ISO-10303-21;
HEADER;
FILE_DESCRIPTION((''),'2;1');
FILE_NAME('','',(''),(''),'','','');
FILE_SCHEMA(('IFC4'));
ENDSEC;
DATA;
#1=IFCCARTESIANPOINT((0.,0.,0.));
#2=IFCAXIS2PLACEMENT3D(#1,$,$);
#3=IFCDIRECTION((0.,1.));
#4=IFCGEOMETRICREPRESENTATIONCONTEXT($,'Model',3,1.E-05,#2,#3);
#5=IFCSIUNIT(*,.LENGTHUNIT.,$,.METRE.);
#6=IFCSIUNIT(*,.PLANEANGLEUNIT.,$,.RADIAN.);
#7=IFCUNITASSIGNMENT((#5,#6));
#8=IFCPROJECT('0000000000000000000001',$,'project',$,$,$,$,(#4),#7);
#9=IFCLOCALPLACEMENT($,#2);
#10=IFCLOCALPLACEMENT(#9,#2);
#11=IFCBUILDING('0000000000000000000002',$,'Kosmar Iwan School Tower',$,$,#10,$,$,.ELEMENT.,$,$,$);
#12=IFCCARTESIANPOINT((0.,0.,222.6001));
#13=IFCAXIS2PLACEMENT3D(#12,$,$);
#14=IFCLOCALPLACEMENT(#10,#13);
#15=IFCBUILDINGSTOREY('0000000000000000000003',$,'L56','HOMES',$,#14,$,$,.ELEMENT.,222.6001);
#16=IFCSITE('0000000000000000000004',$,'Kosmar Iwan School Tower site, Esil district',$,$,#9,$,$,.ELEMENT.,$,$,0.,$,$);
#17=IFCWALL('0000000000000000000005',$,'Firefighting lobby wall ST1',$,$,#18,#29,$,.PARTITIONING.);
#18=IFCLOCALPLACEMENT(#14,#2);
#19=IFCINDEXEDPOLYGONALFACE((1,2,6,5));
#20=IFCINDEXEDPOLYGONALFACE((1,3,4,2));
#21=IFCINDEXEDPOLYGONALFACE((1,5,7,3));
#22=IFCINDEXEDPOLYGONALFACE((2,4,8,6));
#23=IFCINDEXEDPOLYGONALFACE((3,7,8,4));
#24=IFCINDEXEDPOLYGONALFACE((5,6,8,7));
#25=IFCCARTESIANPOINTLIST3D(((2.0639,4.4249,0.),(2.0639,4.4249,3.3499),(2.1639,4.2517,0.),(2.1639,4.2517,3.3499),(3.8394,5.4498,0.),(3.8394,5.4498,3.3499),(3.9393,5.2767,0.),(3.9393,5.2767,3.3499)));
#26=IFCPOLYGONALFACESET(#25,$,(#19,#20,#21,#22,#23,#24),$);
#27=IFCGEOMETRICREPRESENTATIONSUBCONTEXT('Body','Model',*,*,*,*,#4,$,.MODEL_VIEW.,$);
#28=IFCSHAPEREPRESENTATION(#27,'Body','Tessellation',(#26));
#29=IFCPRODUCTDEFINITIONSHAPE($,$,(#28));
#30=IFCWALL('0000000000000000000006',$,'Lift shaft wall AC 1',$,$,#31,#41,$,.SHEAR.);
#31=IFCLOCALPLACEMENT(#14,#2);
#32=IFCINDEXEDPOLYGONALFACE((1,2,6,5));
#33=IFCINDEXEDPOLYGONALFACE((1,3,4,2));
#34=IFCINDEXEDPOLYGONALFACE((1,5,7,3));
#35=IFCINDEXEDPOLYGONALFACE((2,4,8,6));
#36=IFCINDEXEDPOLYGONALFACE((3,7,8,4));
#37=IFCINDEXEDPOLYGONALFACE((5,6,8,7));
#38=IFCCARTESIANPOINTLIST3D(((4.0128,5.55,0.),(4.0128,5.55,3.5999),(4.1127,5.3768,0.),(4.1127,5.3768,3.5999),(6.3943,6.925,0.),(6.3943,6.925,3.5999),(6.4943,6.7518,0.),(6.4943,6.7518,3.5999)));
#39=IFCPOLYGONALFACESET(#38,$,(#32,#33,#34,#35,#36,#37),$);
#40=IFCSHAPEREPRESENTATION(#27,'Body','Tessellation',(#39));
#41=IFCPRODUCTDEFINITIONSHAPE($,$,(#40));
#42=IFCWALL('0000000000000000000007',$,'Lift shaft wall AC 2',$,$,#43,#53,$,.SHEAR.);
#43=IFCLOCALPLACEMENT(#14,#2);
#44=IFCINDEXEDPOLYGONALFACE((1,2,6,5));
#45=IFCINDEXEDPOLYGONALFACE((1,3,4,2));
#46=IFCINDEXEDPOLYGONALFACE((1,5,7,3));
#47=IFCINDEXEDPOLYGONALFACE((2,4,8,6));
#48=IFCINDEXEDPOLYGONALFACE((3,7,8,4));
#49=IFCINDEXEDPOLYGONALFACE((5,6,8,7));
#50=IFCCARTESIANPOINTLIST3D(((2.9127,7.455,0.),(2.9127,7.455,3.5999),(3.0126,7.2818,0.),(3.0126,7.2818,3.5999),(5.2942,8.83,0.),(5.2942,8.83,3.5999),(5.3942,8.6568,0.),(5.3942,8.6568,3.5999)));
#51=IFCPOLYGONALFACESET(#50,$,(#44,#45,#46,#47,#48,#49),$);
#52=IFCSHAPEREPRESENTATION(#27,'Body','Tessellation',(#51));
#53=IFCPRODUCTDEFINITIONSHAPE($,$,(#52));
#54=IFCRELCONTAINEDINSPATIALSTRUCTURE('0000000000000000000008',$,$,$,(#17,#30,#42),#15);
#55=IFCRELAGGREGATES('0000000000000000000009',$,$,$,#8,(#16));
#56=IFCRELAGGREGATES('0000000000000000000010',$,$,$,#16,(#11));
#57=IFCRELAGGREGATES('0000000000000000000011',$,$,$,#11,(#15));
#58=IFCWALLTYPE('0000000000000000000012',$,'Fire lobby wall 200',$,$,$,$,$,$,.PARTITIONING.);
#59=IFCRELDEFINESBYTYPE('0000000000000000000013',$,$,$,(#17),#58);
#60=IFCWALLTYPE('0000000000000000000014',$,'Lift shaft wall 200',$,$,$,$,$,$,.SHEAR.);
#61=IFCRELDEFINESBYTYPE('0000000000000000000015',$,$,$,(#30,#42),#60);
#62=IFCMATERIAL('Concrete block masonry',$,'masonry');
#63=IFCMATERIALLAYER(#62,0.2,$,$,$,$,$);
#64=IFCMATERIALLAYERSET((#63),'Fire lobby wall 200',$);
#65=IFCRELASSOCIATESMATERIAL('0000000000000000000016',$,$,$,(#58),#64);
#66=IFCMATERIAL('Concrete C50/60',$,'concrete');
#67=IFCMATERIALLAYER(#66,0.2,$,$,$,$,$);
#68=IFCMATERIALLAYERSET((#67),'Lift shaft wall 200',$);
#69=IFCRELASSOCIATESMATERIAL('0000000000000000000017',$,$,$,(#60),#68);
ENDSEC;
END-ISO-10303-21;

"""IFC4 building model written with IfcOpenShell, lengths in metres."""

from ifc_helpers import new_model, si_unit, direction, frame, frame_2d, origin, place, context, subcontext, project, spatial, rectangle, extrude, material, layer, layer_set, type_object, element, save


model = new_model("IFC4")

# Units and contexts
model_context = context("Model", 3, precision=1e-05, world=origin(), true_north=direction((0.0, 1.0)))
body_context = subcontext(model_context, "Body", "Model", "MODEL_VIEW")
ifc_project = project(units=[si_unit("LENGTHUNIT", "METRE"), si_unit("PLANEANGLEUNIT", "RADIAN")], contexts=[model_context])

# Site, building, storey
site_placement = place(None, origin())
site = spatial("IfcSite", under=ifc_project, at=site_placement, Name="Kosmar Iwan School Tower site, Esil district", CompositionType="ELEMENT", RefElevation=0.0)
building_placement = place(site_placement, origin())
building = spatial("IfcBuilding", under=site, at=building_placement, Name="Kosmar Iwan School Tower", CompositionType="ELEMENT")
storey_placement = place(building_placement, frame((0.0, 0.0, 222.6001)))
storey = spatial("IfcBuildingStorey", under=building, at=storey_placement, Name="L56", Description="HOMES", CompositionType="ELEMENT", Elevation=222.6001)

# Walls
ifc_material_1 = material(Name="Concrete block masonry", Category="masonry")
ifc_layer_1 = layer(ifc_material_1, 0.2)
ifc_layer_set_1 = layer_set([ifc_layer_1], Name="Fire lobby wall 200")
wall_type_1 = type_object("IfcWallType", Name="Fire lobby wall 200", PredefinedType="PARTITIONING", material=ifc_layer_set_1)
wall_1_placement = place(storey_placement, frame((2.114, 4.3384, 0.0), z_axis=(0.0, 0.0, 1.0), x_axis=(0.866051, 0.499956, 0.0)))
element("IfcWall", 1, at=wall_1_placement, inside=storey, type_object=wall_type_1, Name="Firefighting lobby wall ST1", PredefinedType="PARTITIONING", context=body_context, shape_type="SweptSolid", body=[
    extrude(rectangle(XDim=2.05, YDim=0.2, at=frame_2d((1.0249, 0.0))), origin(), (0.0, 0.0, 1.0), 3.3499),
])
ifc_material_2 = material(Name="Concrete C50/60", Category="concrete")
ifc_layer_2 = layer(ifc_material_2, 0.2)
ifc_layer_set_2 = layer_set([ifc_layer_2], Name="Lift shaft wall 200")
wall_type_2 = type_object("IfcWallType", Name="Lift shaft wall 200", PredefinedType="SHEAR", material=ifc_layer_set_2)
for number, where, z_axis, x_axis, name in (
    (2, (4.0627, 5.4634, 0.0), (0.0, 0.0, 1.0), (0.866027, 0.499997, 0.0), "Lift shaft wall AC 1"),
    (3, (2.9626, 7.3684, 0.0), (0.0, 0.0, 1.0), (0.866027, 0.499997, 0.0), "Lift shaft wall AC 2"),
):
    element("IfcWall", number, at=place(storey_placement, frame(where, z_axis=z_axis, x_axis=x_axis)), inside=storey, type_object=wall_type_2, Name=name, PredefinedType="SHEAR", context=body_context, shape_type="SweptSolid", body=[
        extrude(rectangle(XDim=2.75, YDim=0.2, at=frame_2d((1.375, 0.0))), origin(), (0.0, 0.0, 1.0), 3.5999),
    ])

save(model, "model.ifc")
